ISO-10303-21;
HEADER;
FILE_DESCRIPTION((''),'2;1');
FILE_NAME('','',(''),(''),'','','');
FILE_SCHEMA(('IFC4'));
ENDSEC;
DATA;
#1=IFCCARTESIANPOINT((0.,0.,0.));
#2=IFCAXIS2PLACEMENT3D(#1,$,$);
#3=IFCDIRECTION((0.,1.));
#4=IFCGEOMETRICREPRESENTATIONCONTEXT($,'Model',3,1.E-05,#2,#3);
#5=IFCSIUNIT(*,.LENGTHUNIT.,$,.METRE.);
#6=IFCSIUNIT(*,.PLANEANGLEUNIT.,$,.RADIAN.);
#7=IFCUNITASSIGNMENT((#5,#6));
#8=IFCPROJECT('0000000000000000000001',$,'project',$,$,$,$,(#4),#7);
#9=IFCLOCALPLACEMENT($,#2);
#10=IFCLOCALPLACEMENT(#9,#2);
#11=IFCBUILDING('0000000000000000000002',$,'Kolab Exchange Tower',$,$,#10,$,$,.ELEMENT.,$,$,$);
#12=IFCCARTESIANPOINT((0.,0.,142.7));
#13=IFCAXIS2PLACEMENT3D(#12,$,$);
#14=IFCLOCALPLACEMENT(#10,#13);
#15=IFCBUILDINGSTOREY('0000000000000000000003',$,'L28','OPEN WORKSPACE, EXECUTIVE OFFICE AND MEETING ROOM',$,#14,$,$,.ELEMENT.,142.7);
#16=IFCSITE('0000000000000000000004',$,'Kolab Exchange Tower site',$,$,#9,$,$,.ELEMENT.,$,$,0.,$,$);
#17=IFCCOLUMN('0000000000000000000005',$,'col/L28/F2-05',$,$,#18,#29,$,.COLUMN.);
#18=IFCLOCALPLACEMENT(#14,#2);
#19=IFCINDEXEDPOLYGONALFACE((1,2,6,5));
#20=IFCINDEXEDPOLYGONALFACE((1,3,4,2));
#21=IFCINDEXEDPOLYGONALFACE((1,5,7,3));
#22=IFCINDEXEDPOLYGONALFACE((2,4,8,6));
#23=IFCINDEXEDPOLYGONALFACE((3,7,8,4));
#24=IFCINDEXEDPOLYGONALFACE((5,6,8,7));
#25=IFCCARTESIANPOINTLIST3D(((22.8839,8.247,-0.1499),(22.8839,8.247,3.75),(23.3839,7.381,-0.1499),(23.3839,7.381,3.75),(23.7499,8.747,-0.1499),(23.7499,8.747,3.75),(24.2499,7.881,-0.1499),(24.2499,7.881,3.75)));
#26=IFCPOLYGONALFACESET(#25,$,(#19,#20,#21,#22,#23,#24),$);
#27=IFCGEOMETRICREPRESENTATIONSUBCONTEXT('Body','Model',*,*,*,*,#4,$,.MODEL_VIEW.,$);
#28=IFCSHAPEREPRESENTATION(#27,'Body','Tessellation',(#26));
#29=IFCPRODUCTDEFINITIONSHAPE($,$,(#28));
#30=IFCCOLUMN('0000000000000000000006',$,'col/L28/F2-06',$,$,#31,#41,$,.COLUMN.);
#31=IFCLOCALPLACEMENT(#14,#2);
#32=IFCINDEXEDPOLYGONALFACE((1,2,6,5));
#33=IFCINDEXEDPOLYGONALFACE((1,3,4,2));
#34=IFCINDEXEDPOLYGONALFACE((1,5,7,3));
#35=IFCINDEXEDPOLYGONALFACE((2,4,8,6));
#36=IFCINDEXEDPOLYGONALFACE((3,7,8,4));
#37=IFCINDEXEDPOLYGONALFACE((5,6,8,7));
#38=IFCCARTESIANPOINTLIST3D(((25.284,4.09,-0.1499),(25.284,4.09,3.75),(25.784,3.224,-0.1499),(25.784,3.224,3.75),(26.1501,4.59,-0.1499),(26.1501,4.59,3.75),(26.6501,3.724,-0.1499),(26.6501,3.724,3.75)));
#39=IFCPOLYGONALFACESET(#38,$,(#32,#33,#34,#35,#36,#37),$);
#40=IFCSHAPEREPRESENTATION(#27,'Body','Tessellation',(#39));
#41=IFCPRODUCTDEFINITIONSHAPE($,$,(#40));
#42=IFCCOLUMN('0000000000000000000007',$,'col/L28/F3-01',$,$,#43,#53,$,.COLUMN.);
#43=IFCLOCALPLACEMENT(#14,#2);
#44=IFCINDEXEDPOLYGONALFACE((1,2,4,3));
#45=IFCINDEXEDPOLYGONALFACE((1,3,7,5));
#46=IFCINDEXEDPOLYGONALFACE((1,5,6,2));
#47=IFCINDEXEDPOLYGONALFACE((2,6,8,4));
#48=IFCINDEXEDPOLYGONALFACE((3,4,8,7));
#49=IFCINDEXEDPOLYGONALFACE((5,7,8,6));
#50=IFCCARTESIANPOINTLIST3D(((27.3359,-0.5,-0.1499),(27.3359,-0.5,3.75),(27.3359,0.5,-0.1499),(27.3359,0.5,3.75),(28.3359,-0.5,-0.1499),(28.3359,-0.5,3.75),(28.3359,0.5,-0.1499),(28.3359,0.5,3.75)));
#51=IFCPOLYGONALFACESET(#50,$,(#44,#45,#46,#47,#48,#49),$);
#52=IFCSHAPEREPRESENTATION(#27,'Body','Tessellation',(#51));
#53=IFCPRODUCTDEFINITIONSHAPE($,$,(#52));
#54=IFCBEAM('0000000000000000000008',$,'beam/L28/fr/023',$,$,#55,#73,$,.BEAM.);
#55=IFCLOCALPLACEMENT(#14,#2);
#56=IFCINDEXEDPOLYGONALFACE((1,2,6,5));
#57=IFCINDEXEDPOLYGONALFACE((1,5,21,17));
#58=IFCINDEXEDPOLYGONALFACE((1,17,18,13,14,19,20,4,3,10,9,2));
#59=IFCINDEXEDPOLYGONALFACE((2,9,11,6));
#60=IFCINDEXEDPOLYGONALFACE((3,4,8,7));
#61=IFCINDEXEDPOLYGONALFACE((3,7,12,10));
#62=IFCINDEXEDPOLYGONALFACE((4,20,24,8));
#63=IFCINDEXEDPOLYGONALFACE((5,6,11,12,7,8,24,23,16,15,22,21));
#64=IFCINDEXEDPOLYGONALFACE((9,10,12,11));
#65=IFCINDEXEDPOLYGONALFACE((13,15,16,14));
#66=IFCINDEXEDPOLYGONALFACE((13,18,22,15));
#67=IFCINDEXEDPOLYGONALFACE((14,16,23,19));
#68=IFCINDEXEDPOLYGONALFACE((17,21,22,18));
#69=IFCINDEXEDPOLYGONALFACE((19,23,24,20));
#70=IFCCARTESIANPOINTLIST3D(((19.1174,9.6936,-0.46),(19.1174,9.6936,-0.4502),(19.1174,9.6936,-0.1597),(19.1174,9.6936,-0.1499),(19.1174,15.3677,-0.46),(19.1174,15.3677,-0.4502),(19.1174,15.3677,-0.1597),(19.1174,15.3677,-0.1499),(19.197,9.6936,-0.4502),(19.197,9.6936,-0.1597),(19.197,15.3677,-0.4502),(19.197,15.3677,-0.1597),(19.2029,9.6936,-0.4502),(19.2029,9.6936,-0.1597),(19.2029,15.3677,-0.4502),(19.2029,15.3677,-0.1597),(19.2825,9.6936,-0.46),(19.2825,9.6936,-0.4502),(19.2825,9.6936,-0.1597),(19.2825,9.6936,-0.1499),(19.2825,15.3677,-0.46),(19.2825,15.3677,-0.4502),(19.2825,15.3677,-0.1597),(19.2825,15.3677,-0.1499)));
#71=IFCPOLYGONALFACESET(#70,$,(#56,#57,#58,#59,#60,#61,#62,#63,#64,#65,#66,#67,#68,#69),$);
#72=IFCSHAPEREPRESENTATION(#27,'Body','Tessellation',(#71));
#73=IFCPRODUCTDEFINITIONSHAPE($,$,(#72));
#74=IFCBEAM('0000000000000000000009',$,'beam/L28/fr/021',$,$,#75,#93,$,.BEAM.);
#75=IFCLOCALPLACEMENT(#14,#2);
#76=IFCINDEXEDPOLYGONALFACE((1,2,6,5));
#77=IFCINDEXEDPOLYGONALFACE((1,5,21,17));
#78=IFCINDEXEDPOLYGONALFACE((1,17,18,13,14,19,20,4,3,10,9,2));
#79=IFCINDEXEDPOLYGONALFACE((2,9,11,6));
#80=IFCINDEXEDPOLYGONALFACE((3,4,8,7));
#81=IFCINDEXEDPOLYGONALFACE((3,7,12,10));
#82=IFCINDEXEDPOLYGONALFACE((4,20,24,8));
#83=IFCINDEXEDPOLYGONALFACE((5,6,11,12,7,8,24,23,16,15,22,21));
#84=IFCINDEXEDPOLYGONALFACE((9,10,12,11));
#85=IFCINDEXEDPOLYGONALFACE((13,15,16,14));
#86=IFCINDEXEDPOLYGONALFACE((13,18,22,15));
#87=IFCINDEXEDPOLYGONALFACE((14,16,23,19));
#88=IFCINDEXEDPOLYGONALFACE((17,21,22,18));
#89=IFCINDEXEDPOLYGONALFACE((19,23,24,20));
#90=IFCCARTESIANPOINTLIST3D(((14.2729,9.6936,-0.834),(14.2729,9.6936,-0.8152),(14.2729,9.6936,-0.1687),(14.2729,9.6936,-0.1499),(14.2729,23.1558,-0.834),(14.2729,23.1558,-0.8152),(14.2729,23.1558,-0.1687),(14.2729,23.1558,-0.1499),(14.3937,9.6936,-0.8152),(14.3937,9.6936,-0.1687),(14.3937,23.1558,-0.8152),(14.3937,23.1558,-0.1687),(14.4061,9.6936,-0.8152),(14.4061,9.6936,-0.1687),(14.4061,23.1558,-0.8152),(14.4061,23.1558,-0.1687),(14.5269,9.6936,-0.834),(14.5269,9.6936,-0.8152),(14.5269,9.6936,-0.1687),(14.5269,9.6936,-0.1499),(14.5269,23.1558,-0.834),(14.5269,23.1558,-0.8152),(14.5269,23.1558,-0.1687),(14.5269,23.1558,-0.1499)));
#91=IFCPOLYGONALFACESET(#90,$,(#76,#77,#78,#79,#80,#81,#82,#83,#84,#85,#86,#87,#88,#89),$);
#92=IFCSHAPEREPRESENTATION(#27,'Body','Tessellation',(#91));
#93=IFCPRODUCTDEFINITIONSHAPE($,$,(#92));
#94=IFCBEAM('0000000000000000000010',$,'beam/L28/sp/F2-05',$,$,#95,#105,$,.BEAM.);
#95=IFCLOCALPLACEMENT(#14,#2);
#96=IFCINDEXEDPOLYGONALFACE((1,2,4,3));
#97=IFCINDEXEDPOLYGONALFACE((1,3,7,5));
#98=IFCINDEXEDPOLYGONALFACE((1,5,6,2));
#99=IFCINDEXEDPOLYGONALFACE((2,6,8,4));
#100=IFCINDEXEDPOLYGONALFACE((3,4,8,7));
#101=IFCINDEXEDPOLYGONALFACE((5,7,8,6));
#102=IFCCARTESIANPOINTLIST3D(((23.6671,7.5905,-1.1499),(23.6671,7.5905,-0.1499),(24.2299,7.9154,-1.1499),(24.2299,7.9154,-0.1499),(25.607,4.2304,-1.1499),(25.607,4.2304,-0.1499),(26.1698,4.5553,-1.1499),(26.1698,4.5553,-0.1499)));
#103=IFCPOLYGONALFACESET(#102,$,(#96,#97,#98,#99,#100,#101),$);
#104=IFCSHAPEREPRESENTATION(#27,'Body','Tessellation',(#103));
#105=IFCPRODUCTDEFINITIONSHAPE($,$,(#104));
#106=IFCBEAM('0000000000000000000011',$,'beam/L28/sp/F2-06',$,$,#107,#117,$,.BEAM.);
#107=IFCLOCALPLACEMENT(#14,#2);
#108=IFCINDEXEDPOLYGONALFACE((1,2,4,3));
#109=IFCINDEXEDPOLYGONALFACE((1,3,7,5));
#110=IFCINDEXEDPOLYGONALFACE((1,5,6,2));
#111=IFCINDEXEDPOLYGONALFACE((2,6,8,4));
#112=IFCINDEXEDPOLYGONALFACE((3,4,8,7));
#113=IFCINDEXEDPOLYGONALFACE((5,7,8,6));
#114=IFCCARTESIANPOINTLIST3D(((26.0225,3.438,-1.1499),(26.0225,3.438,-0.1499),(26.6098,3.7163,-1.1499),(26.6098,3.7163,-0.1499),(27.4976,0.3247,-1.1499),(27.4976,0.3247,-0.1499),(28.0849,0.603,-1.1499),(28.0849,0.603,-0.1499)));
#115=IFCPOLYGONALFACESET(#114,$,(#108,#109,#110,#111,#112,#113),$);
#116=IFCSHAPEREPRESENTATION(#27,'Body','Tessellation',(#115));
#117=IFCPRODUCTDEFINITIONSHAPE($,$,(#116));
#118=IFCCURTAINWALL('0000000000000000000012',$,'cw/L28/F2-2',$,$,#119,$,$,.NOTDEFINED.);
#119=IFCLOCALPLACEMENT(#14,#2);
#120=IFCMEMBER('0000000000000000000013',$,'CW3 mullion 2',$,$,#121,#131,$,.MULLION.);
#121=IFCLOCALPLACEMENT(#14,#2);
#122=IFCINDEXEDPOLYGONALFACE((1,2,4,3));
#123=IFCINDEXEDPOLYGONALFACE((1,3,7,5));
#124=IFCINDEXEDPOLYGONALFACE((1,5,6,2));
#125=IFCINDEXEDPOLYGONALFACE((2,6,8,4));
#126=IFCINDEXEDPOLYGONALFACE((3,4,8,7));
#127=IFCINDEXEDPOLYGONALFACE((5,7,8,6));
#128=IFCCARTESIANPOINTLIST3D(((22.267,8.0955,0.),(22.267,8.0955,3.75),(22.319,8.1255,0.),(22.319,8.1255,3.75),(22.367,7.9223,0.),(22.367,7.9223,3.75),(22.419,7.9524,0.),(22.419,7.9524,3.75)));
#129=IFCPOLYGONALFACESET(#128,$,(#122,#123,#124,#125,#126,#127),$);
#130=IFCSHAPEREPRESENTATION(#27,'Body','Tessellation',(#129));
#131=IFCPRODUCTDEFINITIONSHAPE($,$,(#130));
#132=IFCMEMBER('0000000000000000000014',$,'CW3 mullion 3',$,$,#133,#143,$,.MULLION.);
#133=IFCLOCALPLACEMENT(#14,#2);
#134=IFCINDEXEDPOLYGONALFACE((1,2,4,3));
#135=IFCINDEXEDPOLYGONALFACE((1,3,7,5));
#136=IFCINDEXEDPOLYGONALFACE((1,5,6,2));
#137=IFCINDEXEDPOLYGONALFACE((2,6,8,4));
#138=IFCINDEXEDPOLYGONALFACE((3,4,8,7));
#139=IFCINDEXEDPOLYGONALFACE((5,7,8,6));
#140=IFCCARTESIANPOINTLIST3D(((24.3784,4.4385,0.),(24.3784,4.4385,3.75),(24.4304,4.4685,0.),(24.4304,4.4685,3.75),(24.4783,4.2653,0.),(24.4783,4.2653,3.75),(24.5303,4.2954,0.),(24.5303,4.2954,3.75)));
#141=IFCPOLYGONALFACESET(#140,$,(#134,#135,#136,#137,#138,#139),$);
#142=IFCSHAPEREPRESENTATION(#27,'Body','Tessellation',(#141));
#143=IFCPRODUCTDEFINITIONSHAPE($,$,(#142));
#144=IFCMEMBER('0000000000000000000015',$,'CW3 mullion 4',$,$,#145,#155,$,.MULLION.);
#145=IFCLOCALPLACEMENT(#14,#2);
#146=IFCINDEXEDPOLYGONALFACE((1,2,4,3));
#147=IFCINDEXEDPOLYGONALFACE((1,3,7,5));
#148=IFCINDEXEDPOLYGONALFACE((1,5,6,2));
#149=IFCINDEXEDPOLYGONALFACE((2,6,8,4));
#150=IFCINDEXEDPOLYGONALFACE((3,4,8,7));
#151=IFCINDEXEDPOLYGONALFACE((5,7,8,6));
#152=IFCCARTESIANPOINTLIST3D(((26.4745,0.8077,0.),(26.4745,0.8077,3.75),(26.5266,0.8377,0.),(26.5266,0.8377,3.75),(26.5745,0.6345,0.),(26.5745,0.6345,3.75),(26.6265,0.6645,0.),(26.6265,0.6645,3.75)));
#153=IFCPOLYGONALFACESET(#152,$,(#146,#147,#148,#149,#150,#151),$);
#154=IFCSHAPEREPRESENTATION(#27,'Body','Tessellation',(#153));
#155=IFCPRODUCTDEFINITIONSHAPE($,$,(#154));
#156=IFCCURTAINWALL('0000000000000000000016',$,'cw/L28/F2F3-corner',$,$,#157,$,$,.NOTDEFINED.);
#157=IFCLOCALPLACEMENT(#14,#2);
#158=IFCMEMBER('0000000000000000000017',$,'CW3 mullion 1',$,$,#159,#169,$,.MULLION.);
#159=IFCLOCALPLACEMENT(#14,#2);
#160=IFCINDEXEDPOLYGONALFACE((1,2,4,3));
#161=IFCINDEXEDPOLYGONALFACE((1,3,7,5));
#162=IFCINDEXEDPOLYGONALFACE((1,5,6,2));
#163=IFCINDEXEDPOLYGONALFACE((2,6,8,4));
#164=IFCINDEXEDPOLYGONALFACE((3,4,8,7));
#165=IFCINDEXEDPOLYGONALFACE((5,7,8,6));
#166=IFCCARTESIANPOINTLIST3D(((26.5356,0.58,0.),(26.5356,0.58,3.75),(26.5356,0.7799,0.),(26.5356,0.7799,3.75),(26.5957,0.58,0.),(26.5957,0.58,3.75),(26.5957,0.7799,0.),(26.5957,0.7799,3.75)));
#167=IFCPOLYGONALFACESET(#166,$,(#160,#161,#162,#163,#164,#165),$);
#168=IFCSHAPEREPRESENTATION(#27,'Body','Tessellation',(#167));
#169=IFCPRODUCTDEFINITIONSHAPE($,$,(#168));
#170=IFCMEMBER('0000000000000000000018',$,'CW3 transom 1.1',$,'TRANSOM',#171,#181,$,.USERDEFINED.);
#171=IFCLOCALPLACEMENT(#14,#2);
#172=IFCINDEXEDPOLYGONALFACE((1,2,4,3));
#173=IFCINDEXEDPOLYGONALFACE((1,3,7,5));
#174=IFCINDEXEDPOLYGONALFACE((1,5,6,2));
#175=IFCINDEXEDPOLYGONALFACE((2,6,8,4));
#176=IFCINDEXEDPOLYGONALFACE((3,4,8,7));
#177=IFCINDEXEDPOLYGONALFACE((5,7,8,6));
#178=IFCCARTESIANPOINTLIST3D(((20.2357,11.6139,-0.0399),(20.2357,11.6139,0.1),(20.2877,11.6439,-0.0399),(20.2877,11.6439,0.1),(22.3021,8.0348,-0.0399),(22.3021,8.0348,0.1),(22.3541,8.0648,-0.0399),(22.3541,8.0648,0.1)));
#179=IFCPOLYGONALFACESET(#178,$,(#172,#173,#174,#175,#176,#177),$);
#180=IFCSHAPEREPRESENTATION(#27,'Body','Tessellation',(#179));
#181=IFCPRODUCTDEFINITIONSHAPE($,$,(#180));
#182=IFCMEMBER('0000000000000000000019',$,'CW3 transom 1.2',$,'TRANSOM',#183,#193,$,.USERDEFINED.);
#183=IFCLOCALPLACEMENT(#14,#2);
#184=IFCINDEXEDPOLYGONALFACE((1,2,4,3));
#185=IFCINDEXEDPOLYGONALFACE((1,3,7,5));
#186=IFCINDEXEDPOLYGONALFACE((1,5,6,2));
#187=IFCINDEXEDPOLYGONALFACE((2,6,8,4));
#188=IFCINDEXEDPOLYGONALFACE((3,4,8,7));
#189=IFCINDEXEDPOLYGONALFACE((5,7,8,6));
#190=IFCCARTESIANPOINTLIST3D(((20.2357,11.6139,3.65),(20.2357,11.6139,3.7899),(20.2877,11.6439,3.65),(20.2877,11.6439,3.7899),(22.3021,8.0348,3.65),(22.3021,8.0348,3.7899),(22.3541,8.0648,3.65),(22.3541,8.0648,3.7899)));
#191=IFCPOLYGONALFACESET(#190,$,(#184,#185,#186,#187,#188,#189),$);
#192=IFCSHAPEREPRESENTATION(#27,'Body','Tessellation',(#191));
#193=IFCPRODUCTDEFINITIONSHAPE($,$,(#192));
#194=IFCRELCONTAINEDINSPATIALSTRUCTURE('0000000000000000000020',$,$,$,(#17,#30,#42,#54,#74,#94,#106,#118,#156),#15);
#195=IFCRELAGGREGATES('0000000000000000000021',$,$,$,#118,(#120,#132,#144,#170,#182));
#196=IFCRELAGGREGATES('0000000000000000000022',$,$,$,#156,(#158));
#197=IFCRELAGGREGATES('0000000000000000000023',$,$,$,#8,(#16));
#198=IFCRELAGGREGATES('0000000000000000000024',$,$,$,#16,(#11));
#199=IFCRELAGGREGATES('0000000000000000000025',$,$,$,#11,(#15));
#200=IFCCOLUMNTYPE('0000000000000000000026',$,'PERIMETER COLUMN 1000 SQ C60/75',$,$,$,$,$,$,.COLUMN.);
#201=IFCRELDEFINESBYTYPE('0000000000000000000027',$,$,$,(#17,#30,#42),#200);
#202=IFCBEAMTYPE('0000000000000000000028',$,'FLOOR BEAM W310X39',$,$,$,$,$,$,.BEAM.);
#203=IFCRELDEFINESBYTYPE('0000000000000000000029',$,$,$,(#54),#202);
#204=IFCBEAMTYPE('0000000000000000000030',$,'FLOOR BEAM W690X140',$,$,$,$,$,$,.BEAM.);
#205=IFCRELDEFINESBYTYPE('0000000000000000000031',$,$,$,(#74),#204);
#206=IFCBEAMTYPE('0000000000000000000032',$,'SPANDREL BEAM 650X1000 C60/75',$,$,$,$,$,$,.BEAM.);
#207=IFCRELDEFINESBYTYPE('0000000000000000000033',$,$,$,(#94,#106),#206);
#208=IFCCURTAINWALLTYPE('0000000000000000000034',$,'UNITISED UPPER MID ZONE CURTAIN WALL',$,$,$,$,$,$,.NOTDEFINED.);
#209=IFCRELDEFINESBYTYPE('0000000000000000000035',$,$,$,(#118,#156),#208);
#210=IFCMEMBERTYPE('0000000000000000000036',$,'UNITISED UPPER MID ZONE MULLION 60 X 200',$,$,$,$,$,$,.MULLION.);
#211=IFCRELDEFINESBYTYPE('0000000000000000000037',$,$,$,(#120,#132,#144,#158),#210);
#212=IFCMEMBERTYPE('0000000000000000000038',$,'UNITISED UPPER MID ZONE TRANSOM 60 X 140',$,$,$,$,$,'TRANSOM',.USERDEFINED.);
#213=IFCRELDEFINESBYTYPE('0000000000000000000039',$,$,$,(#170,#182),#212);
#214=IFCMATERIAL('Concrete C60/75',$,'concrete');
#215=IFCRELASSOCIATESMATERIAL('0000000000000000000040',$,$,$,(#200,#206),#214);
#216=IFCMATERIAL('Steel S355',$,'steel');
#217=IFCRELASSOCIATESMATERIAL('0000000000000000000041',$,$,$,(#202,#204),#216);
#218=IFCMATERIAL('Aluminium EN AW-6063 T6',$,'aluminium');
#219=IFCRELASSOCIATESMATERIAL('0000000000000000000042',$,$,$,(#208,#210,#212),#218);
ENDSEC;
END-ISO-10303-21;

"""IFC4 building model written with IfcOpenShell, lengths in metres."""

from ifc_helpers import new_model, si_unit, direction, frame, origin, origin_2d, place, context, subcontext, project, spatial, rectangle, i_section, extrude, material, material_profile, profile_set, type_object, element, aggregate, save


model = new_model("IFC4")

# Units and contexts
model_context = context("Model", 3, precision=1e-05, world=origin(), true_north=direction((0.0, 1.0)))
body_context = subcontext(model_context, "Body", "Model", "MODEL_VIEW")
ifc_project = project(units=[si_unit("LENGTHUNIT", "METRE"), si_unit("PLANEANGLEUNIT", "RADIAN")], contexts=[model_context])

# Site, building, storey
site_placement = place(None, origin())
site = spatial("IfcSite", under=ifc_project, at=site_placement, Name="Kolab Exchange Tower site", CompositionType="ELEMENT", RefElevation=0.0)
building_placement = place(site_placement, origin())
building = spatial("IfcBuilding", under=site, at=building_placement, Name="Kolab Exchange Tower", CompositionType="ELEMENT")
storey_placement = place(building_placement, frame((0.0, 0.0, 142.7)))
storey = spatial("IfcBuildingStorey", under=building, at=storey_placement, Name="L28", Description="OPEN WORKSPACE, EXECUTIVE OFFICE AND MEETING ROOM", CompositionType="ELEMENT", Elevation=142.7)

# Columns
ifc_material_1 = material(Name="Concrete C60/75", Category="concrete")
ifc_material_profile_1 = material_profile(ifc_material_1, rectangle(XDim=1.0, YDim=1.0, at=origin_2d()), Name="RC1000")
ifc_profile_set_1 = profile_set([ifc_material_profile_1], Name="Concrete C60/75")
column_type = type_object("IfcColumnType", Name="PERIMETER COLUMN 1000 SQ C60/75", PredefinedType="COLUMN", material=ifc_profile_set_1)
for number, where, z_axis, x_axis, name in (
    (1, (23.5669, 8.064, -0.1499), (0.0, 0.0, 1.0), (0.866025, 0.5, 0.0), "col/L28/F2-05"),
    (2, (25.967, 3.907, -0.1499), (0.0, 0.0, 1.0), (0.866025, 0.5, 0.0), "col/L28/F2-06"),
    (3, (27.8359, 0.0, -0.1499), (0.0, 0.0, 1.0), (1.0, 0.0, 0.0), "col/L28/F3-01"),
):
    element("IfcColumn", number, at=place(storey_placement, frame(where, z_axis=z_axis, x_axis=x_axis)), inside=storey, type_object=column_type, Name=name, PredefinedType="COLUMN", context=body_context, shape_type="SweptSolid", body=[
        extrude(rectangle(XDim=1.0, YDim=1.0, at=origin_2d()), origin(), (0.0, 0.0, 1.0), 3.8999),
    ])

# Beams
ifc_material_2 = material(Name="Steel S355", Category="steel")
ifc_material_profile_2 = material_profile(ifc_material_2, i_section(OverallWidth=0.165, OverallDepth=0.3101, WebThickness=0.0059, FlangeThickness=0.0098, at=origin_2d()), Name="W310X39")
ifc_profile_set_2 = profile_set([ifc_material_profile_2], Name="Steel S355")
beam_type_1 = type_object("IfcBeamType", Name="FLOOR BEAM W310X39", PredefinedType="BEAM", material=ifc_profile_set_2)
beam_1_placement = place(storey_placement, frame((19.2, 9.6936, -0.3049), z_axis=(0.0, 1.0, 0.0), x_axis=(-1.0, 0.0, 0.0)))
element("IfcBeam", 4, at=beam_1_placement, inside=storey, type_object=beam_type_1, Name="beam/L28/fr/023", PredefinedType="BEAM", context=body_context, shape_type="SweptSolid", body=[
    extrude(i_section(OverallWidth=0.165, OverallDepth=0.3101, WebThickness=0.0059, FlangeThickness=0.0098, at=origin_2d()), origin(), (0.0, 0.0, 1.0), 5.6741),
])
ifc_material_profile_3 = material_profile(ifc_material_2, i_section(OverallWidth=0.2539, OverallDepth=0.6841, WebThickness=0.0125, FlangeThickness=0.0188, at=origin_2d()), Name="W690X140")
ifc_profile_set_3 = profile_set([ifc_material_profile_3], Name="Steel S355")
beam_type_2 = type_object("IfcBeamType", Name="FLOOR BEAM W690X140", PredefinedType="BEAM", material=ifc_profile_set_3)
beam_2_placement = place(storey_placement, frame((14.3999, 9.6936, -0.4919), z_axis=(0.0, 1.0, 0.0), x_axis=(-1.0, 0.0, 0.0)))
element("IfcBeam", 5, at=beam_2_placement, inside=storey, type_object=beam_type_2, Name="beam/L28/fr/021", PredefinedType="BEAM", context=body_context, shape_type="SweptSolid", body=[
    extrude(i_section(OverallWidth=0.2539, OverallDepth=0.6841, WebThickness=0.0125, FlangeThickness=0.0188, at=origin_2d()), origin(), (0.0, 0.0, 1.0), 13.4622),
])
ifc_material_profile_4 = material_profile(ifc_material_1, rectangle(XDim=0.6499, YDim=1.0, at=origin_2d()), Name="RC650X1000")
ifc_profile_set_4 = profile_set([ifc_material_profile_4], Name="Concrete C60/75")
beam_type_3 = type_object("IfcBeamType", Name="SPANDREL BEAM 650X1000 C60/75", PredefinedType="BEAM", material=ifc_profile_set_4)
beam_3_placement = place(storey_placement, frame((23.9485, 7.7529, -0.6499), z_axis=(0.499997, -0.866027, 0.0), x_axis=(0.866027, 0.499997, 0.0)))
element("IfcBeam", 6, at=beam_3_placement, inside=storey, type_object=beam_type_3, Name="beam/L28/sp/F2-05", PredefinedType="BEAM", context=body_context, shape_type="SweptSolid", body=[
    extrude(rectangle(XDim=0.6499, YDim=1.0, at=origin_2d()), origin(), (0.0, 0.0, 1.0), 3.8799),
])
beam_4_placement = place(storey_placement, frame((26.3162, 3.5771, -0.6499), z_axis=(0.428178, -0.903695, 0.0), x_axis=(0.903695, 0.428178, 0.0)))
element("IfcBeam", 7, at=beam_4_placement, inside=storey, type_object=beam_type_3, Name="beam/L28/sp/F2-06", PredefinedType="BEAM", context=body_context, shape_type="SweptSolid", body=[
    extrude(rectangle(XDim=0.6499, YDim=1.0, at=origin_2d()), origin(), (0.0, 0.0, 1.0), 3.4451),
])

# Curtain wall, members
ifc_material_3 = material(Name="Aluminium EN AW-6063 T6", Category="aluminium")
curtain_wall_type = type_object("IfcCurtainWallType", Name="UNITISED UPPER MID ZONE CURTAIN WALL", PredefinedType="NOTDEFINED", material=ifc_material_3)
curtain_wall_1_placement = place(storey_placement, origin())
curtain_wall_1 = element("IfcCurtainWall", 8, at=curtain_wall_1_placement, inside=storey, type_object=curtain_wall_type, Name="cw/L28/F2-2", PredefinedType="NOTDEFINED")
ifc_material_profile_5 = material_profile(ifc_material_3, rectangle(XDim=0.0601, YDim=0.2, at=origin_2d()), Name="RECT 60X200")
ifc_profile_set_5 = profile_set([ifc_material_profile_5], Name="Aluminium EN AW-6063 T6")
member_type_1 = type_object("IfcMemberType", Name="UNITISED UPPER MID ZONE MULLION 60 X 200", PredefinedType="MULLION", material=ifc_profile_set_5)
member_1_placement = place(storey_placement, frame((22.343, 8.0239, 0.0), z_axis=(0.0, 0.0, 1.0), x_axis=(0.866025, 0.5, 0.0)))
member_1 = element("IfcMember", 9, at=member_1_placement, type_object=member_type_1, Name="CW3 mullion 2", PredefinedType="MULLION", context=body_context, shape_type="SweptSolid", body=[
    extrude(rectangle(XDim=0.0601, YDim=0.2, at=origin_2d()), origin(), (0.0, 0.0, 1.0), 3.75),
])
member_2_placement = place(storey_placement, frame((24.4543, 4.3669, 0.0), z_axis=(0.0, 0.0, 1.0), x_axis=(0.866025, 0.5, 0.0)))
member_2 = element("IfcMember", 10, at=member_2_placement, type_object=member_type_1, Name="CW3 mullion 3", PredefinedType="MULLION", context=body_context, shape_type="SweptSolid", body=[
    extrude(rectangle(XDim=0.0601, YDim=0.2, at=origin_2d()), origin(), (0.0, 0.0, 1.0), 3.75),
])
member_3_placement = place(storey_placement, frame((26.5505, 0.7361, 0.0), z_axis=(0.0, 0.0, 1.0), x_axis=(0.866025, 0.5, 0.0)))
member_3 = element("IfcMember", 11, at=member_3_placement, type_object=member_type_1, Name="CW3 mullion 4", PredefinedType="MULLION", context=body_context, shape_type="SweptSolid", body=[
    extrude(rectangle(XDim=0.0601, YDim=0.2, at=origin_2d()), origin(), (0.0, 0.0, 1.0), 3.75),
])

# Curtain wall, member
curtain_wall_2_placement = place(storey_placement, origin())
curtain_wall_2 = element("IfcCurtainWall", 12, at=curtain_wall_2_placement, inside=storey, type_object=curtain_wall_type, Name="cw/L28/F2F3-corner", PredefinedType="NOTDEFINED")
member_4_placement = place(storey_placement, frame((26.5657, 0.6799, 0.0), z_axis=(0.0, 0.0, 1.0), x_axis=(1.0, 0.0, 0.0)))
member_4 = element("IfcMember", 13, at=member_4_placement, type_object=member_type_1, Name="CW3 mullion 1", PredefinedType="MULLION", context=body_context, shape_type="SweptSolid", body=[
    extrude(rectangle(XDim=0.0601, YDim=0.2, at=origin_2d()), origin(), (0.0, 0.0, 1.0), 3.75),
])

# Members
ifc_material_profile_6 = material_profile(ifc_material_3, rectangle(XDim=0.0601, YDim=0.1399, at=origin_2d()), Name="RECT 60X140")
ifc_profile_set_6 = profile_set([ifc_material_profile_6], Name="Aluminium EN AW-6063 T6")
member_type_2 = type_object("IfcMemberType", Name="UNITISED UPPER MID ZONE TRANSOM 60 X 140", ElementType="TRANSOM", PredefinedType="USERDEFINED", material=ifc_profile_set_6)
member_5_placement = place(storey_placement, frame((20.2617, 11.6289, 0.03), z_axis=(0.500002, -0.866024, 0.0), x_axis=(0.866024, 0.500002, 0.0)))
member_5 = element("IfcMember", 14, at=member_5_placement, type_object=member_type_2, Name="CW3 transom 1.1", ObjectType="TRANSOM", PredefinedType="USERDEFINED", context=body_context, shape_type="SweptSolid", body=[
    extrude(rectangle(XDim=0.0601, YDim=0.1399, at=origin_2d()), origin(), (0.0, 0.0, 1.0), 4.1328),
])
member_6_placement = place(storey_placement, frame((20.2617, 11.6289, 3.72), z_axis=(0.500002, -0.866024, 0.0), x_axis=(0.866024, 0.500002, 0.0)))
member_6 = element("IfcMember", 15, at=member_6_placement, type_object=member_type_2, Name="CW3 transom 1.2", ObjectType="TRANSOM", PredefinedType="USERDEFINED", context=body_context, shape_type="SweptSolid", body=[
    extrude(rectangle(XDim=0.0601, YDim=0.1399, at=origin_2d()), origin(), (0.0, 0.0, 1.0), 4.1328),
])

aggregate(curtain_wall_1, [member_1, member_2, member_3, member_5, member_6])
aggregate(curtain_wall_2, [member_4])

save(model, "model.ifc")
